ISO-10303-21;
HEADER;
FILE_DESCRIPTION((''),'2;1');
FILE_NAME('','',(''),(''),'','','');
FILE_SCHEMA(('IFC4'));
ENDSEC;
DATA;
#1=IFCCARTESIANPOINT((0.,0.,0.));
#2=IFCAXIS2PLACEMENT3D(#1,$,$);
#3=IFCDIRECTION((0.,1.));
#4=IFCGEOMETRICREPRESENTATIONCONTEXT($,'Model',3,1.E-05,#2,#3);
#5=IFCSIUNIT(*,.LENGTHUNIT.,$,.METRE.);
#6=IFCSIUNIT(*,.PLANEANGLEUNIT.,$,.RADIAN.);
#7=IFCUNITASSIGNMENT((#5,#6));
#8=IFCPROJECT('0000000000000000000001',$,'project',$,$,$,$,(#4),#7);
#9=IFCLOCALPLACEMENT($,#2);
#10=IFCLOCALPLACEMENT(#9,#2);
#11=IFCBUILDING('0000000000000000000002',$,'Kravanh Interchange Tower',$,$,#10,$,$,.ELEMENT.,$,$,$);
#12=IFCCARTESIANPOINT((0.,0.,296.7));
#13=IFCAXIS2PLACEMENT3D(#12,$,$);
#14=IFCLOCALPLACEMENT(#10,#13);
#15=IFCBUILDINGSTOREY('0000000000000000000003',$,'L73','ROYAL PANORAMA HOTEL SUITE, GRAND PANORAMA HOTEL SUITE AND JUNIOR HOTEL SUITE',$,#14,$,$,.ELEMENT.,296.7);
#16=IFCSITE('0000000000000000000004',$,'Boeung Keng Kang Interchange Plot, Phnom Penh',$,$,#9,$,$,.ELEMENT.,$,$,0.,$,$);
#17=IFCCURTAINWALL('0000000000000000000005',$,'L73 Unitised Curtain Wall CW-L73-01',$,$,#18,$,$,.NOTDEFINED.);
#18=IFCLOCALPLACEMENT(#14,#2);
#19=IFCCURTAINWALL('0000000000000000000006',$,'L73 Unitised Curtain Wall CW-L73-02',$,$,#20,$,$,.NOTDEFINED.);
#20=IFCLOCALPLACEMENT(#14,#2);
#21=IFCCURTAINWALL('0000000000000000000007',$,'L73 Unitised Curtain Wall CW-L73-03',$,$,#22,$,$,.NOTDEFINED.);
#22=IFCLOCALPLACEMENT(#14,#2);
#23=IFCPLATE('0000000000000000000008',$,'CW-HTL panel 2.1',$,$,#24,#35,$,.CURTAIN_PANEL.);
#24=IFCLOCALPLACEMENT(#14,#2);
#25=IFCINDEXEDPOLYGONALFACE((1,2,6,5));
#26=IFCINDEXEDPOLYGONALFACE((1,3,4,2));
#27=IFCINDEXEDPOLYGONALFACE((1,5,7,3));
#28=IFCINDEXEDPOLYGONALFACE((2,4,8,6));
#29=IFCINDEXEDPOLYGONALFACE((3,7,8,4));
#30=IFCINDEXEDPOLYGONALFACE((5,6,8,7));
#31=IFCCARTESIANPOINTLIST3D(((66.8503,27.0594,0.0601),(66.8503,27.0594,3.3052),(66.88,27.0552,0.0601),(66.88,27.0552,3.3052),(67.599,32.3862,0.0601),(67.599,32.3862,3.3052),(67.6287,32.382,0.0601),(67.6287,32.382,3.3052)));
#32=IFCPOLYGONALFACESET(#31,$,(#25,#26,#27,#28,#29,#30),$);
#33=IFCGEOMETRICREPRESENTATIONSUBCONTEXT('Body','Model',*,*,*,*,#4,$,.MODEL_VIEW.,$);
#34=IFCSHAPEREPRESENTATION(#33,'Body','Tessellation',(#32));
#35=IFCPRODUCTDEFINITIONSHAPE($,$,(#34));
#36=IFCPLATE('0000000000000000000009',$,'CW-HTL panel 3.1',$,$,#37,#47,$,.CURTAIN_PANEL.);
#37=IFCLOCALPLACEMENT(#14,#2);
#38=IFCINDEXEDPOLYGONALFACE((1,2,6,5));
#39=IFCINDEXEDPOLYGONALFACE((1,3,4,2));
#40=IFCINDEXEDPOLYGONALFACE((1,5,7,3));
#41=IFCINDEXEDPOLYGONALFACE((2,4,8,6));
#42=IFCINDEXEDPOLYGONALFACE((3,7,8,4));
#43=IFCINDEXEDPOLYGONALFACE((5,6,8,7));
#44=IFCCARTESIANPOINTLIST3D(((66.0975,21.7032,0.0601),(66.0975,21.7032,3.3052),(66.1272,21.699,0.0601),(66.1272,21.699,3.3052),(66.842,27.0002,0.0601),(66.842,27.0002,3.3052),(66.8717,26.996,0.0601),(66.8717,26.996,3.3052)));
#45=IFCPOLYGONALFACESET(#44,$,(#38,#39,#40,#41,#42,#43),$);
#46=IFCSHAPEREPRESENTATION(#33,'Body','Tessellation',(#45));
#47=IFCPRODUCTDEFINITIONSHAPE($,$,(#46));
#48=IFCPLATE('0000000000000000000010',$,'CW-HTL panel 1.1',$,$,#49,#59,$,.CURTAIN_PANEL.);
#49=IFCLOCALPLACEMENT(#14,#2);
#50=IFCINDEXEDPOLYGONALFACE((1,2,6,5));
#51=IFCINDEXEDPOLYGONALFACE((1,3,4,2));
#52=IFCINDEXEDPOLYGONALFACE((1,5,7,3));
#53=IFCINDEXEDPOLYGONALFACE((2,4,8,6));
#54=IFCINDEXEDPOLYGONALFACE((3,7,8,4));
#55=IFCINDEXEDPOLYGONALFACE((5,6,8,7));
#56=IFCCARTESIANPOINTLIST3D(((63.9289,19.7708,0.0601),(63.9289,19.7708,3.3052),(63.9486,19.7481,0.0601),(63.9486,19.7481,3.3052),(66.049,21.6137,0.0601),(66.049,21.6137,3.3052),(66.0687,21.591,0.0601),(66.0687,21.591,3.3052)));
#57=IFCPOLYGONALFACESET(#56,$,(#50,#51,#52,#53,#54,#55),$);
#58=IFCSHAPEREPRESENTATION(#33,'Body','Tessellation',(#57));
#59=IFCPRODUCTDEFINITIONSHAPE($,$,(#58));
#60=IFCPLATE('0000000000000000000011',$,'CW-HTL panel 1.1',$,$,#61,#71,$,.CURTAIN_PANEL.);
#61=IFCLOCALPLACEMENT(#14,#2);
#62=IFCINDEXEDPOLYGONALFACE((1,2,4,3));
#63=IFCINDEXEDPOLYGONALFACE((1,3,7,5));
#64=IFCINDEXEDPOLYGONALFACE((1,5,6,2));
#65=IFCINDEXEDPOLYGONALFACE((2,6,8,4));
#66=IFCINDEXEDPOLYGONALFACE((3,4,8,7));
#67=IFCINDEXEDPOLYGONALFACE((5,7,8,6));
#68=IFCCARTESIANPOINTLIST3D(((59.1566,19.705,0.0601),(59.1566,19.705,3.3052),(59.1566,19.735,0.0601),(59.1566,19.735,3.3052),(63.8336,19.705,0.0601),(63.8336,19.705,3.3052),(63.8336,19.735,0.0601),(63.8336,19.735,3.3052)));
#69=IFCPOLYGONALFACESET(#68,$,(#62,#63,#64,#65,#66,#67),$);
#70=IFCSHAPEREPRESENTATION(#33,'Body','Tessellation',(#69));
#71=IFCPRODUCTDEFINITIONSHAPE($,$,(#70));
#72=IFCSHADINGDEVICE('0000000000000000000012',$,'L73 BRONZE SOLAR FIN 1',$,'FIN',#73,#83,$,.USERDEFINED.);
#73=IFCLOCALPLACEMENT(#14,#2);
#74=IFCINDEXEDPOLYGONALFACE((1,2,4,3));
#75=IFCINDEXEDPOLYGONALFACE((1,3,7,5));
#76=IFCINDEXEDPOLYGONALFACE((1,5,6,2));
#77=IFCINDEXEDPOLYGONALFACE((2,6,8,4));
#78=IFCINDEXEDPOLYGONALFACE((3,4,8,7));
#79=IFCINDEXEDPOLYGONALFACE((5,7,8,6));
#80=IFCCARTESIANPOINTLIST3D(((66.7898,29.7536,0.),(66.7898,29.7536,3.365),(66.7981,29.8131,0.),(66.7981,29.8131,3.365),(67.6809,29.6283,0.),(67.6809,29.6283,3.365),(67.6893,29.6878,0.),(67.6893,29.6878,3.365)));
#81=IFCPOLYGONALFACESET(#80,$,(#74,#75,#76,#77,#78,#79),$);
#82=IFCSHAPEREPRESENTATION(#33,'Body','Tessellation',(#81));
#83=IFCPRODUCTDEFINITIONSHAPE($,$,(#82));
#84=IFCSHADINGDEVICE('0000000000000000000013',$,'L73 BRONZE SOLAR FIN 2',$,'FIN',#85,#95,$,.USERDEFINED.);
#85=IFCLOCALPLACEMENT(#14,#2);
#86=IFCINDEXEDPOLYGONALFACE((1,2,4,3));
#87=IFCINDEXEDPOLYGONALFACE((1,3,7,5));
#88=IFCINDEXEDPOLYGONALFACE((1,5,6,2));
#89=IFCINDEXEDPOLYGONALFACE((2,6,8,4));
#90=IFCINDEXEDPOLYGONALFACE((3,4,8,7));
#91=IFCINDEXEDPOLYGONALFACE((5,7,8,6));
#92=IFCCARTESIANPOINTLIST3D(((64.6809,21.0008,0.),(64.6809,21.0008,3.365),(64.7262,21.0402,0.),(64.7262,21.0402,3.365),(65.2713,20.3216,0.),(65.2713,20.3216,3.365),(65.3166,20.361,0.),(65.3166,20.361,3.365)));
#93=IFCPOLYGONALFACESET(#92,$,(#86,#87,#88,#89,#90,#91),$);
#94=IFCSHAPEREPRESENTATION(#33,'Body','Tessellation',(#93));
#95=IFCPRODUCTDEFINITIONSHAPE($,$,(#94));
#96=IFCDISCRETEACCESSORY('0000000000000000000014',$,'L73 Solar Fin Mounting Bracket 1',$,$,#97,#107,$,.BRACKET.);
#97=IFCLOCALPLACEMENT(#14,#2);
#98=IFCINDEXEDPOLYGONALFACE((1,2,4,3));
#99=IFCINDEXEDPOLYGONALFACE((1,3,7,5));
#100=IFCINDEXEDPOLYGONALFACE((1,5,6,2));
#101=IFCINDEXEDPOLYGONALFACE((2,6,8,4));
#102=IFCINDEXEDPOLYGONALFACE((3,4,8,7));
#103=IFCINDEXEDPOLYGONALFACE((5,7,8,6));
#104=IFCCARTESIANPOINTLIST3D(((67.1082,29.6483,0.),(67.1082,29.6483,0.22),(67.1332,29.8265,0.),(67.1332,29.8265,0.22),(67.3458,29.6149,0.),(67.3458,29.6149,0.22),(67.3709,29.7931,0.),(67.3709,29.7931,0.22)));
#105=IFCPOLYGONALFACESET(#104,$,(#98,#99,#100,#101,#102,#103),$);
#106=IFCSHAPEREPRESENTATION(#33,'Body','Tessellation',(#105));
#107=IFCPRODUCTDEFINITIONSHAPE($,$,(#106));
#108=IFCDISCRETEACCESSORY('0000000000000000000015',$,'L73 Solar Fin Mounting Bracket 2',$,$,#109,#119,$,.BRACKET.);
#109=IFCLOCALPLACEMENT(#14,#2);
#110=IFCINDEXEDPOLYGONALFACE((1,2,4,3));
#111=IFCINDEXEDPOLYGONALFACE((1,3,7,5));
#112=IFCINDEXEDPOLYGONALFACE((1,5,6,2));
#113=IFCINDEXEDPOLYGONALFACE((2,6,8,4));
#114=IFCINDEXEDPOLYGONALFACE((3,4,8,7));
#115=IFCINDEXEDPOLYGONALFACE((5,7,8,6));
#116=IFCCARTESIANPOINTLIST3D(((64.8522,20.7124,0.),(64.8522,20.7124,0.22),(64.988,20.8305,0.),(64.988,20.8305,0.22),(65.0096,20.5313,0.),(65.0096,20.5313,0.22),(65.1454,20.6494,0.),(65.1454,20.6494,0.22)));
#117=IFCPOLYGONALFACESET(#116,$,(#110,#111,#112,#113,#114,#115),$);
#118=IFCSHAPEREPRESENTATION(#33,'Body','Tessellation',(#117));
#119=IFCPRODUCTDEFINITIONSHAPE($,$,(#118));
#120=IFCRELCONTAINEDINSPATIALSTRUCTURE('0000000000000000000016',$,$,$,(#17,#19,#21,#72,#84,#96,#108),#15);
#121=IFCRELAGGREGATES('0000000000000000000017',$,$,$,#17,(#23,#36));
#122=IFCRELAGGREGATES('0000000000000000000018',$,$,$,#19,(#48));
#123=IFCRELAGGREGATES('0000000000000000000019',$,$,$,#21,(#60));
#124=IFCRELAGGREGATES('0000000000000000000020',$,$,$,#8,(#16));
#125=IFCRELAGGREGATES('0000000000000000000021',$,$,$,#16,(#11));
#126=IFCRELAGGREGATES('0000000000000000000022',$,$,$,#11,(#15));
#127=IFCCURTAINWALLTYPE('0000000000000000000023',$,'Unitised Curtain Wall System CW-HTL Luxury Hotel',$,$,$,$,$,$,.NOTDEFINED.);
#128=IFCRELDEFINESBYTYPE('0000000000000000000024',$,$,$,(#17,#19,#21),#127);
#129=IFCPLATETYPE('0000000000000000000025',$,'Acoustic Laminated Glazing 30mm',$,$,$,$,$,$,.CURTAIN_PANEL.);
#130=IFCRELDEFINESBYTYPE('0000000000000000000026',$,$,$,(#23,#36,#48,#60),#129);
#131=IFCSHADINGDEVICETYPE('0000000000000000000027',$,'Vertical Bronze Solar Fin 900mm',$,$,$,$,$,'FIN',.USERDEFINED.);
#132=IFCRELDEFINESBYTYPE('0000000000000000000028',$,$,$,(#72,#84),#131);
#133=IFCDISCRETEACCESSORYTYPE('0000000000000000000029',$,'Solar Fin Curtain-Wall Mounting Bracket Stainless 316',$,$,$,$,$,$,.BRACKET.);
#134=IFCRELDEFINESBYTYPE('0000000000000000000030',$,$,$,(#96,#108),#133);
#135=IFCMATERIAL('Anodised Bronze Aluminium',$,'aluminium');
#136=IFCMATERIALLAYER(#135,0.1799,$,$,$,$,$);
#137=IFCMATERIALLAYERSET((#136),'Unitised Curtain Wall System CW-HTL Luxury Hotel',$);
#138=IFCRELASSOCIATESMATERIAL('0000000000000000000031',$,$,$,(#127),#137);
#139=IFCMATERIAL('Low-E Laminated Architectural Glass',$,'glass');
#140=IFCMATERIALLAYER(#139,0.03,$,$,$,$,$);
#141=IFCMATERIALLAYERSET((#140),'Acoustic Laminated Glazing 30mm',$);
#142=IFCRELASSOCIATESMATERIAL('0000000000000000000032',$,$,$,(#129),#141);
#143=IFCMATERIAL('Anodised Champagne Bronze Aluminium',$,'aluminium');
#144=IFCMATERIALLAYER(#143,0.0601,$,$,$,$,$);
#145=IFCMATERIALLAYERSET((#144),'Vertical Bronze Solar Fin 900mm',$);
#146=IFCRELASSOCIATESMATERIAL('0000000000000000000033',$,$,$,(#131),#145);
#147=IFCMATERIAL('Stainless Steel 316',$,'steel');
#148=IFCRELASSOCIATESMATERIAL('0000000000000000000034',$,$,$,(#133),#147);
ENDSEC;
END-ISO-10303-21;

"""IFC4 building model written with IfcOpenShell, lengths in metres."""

from ifc_helpers import new_model, si_unit, direction, frame, origin, origin_2d, place, context, subcontext, project, spatial, rectangle, extrude, material, layer, layer_set, type_object, element, aggregate, save


model = new_model("IFC4")

# Units and contexts
model_context = context("Model", 3, precision=1e-05, world=origin(), true_north=direction((0.0, 1.0)))
body_context = subcontext(model_context, "Body", "Model", "MODEL_VIEW")
ifc_project = project(units=[si_unit("LENGTHUNIT", "METRE"), si_unit("PLANEANGLEUNIT", "RADIAN")], contexts=[model_context])

# Site, building, storey
site_placement = place(None, origin())
site = spatial("IfcSite", under=ifc_project, at=site_placement, Name="Boeung Keng Kang Interchange Plot, Phnom Penh", CompositionType="ELEMENT", RefElevation=0.0)
building_placement = place(site_placement, origin())
building = spatial("IfcBuilding", under=site, at=building_placement, Name="Kravanh Interchange Tower", CompositionType="ELEMENT")
storey_placement = place(building_placement, frame((0.0, 0.0, 296.7)))
storey = spatial("IfcBuildingStorey", under=building, at=storey_placement, Name="L73", Description="ROYAL PANORAMA HOTEL SUITE, GRAND PANORAMA HOTEL SUITE AND JUNIOR HOTEL SUITE", CompositionType="ELEMENT", Elevation=296.7)

# Curtain walls
ifc_material_1 = material(Name="Anodised Bronze Aluminium", Category="aluminium")
ifc_layer_1 = layer(ifc_material_1, 0.1799)
ifc_layer_set_1 = layer_set([ifc_layer_1], Name="Unitised Curtain Wall System CW-HTL Luxury Hotel")
curtain_wall_type = type_object("IfcCurtainWallType", Name="Unitised Curtain Wall System CW-HTL Luxury Hotel", PredefinedType="NOTDEFINED", material=ifc_layer_set_1)
curtain_wall_1_placement = place(storey_placement, origin())
curtain_wall_1 = element("IfcCurtainWall", 1, at=curtain_wall_1_placement, inside=storey, type_object=curtain_wall_type, Name="L73 Unitised Curtain Wall CW-L73-01", PredefinedType="NOTDEFINED")
curtain_wall_2_placement = place(storey_placement, origin())
curtain_wall_2 = element("IfcCurtainWall", 2, at=curtain_wall_2_placement, inside=storey, type_object=curtain_wall_type, Name="L73 Unitised Curtain Wall CW-L73-02", PredefinedType="NOTDEFINED")

# Curtain wall
curtain_wall_3_placement = place(storey_placement, origin())
curtain_wall_3 = element("IfcCurtainWall", 3, at=curtain_wall_3_placement, inside=storey, type_object=curtain_wall_type, Name="L73 Unitised Curtain Wall CW-L73-03", PredefinedType="NOTDEFINED")

# Plates
ifc_material_2 = material(Name="Low-E Laminated Architectural Glass", Category="glass")
ifc_layer_2 = layer(ifc_material_2, 0.03)
ifc_layer_set_2 = layer_set([ifc_layer_2], Name="Acoustic Laminated Glazing 30mm")
plate_type = type_object("IfcPlateType", Name="Acoustic Laminated Glazing 30mm", PredefinedType="CURTAIN_PANEL", material=ifc_layer_set_2)
plate_1_placement = place(storey_placement, frame((67.2395, 29.7207, 0.0601), z_axis=(0.0, 0.0, 1.0), x_axis=(-0.139178, -0.990267, 0.0)))
plate_1 = element("IfcPlate", 4, at=plate_1_placement, type_object=plate_type, Name="CW-HTL panel 2.1", PredefinedType="CURTAIN_PANEL", context=body_context, shape_type="SweptSolid", body=[
    extrude(rectangle(XDim=5.3792, YDim=0.03, at=origin_2d()), origin(), (0.0, 0.0, 1.0), 3.2451),
])
plate_2_placement = place(storey_placement, frame((66.4846, 24.3496, 0.0601), z_axis=(0.0, 0.0, 1.0), x_axis=(-0.139178, -0.990267, 0.0)))
plate_2 = element("IfcPlate", 5, at=plate_2_placement, type_object=plate_type, Name="CW-HTL panel 3.1", PredefinedType="CURTAIN_PANEL", context=body_context, shape_type="SweptSolid", body=[
    extrude(rectangle(XDim=5.3491, YDim=0.03, at=origin_2d()), origin(), (0.0, 0.0, 1.0), 3.2451),
])
aggregate(curtain_wall_1, [plate_1, plate_2])
plate_3_placement = place(storey_placement, frame((64.9988, 20.6809, 0.0601), z_axis=(0.0, 0.0, 1.0), x_axis=(-0.754717, -0.65605, 0.0)))
plate_3 = element("IfcPlate", 6, at=plate_3_placement, type_object=plate_type, Name="CW-HTL panel 1.1", PredefinedType="CURTAIN_PANEL", context=body_context, shape_type="SweptSolid", body=[
    extrude(rectangle(XDim=2.8091, YDim=0.03, at=origin_2d()), origin(), (0.0, 0.0, 1.0), 3.2451),
])
aggregate(curtain_wall_2, [plate_3])
plate_4_placement = place(storey_placement, frame((61.4951, 19.72, 0.0601), z_axis=(0.0, 0.0, 1.0), x_axis=(-1.0, 0.0, 0.0)))
plate_4 = element("IfcPlate", 7, at=plate_4_placement, type_object=plate_type, Name="CW-HTL panel 1.1", PredefinedType="CURTAIN_PANEL", context=body_context, shape_type="SweptSolid", body=[
    extrude(rectangle(XDim=4.677, YDim=0.03, at=origin_2d()), origin(), (0.0, 0.0, 1.0), 3.2451),
])
aggregate(curtain_wall_3, [plate_4])

# Shading devices
ifc_material_3 = material(Name="Anodised Champagne Bronze Aluminium", Category="aluminium")
ifc_layer_3 = layer(ifc_material_3, 0.0601)
ifc_layer_set_3 = layer_set([ifc_layer_3], Name="Vertical Bronze Solar Fin 900mm")
shading_device_type = type_object("IfcShadingDeviceType", Name="Vertical Bronze Solar Fin 900mm", ElementType="FIN", PredefinedType="USERDEFINED", material=ifc_layer_set_3)
for number, where, z_axis, x_axis, name in (
    (8, (67.2395, 29.7207, 0.0), (0.0, 0.0, 1.0), (0.990268, -0.139175, 0.0), "L73 BRONZE SOLAR FIN 1"),
    (9, (64.9988, 20.6809, 0.0), (0.0, 0.0, 1.0), (0.65606, -0.754709, 0.0), "L73 BRONZE SOLAR FIN 2"),
):
    element("IfcShadingDevice", number, at=place(storey_placement, frame(where, z_axis=z_axis, x_axis=x_axis)), inside=storey, type_object=shading_device_type, Name=name, ObjectType="FIN", PredefinedType="USERDEFINED", context=body_context, shape_type="SweptSolid", body=[
        extrude(rectangle(XDim=0.8999, YDim=0.0601, at=origin_2d()), origin(), (0.0, 0.0, 1.0), 3.365),
    ])

# Discrete accessories
ifc_material_4 = material(Name="Stainless Steel 316", Category="steel")
discrete_accessory_type = type_object("IfcDiscreteAccessoryType", Name="Solar Fin Curtain-Wall Mounting Bracket Stainless 316", PredefinedType="BRACKET", material=ifc_material_4)
for number, where, z_axis, x_axis, name in (
    (10, (67.2395, 29.7207, 0.0), (0.0, 0.0, 1.0), (0.990268, -0.139175, 0.0), "L73 Solar Fin Mounting Bracket 1"),
    (11, (64.9988, 20.6809, 0.0), (0.0, 0.0, 1.0), (0.65606, -0.754709, 0.0), "L73 Solar Fin Mounting Bracket 2"),
):
    element("IfcDiscreteAccessory", number, at=place(storey_placement, frame(where, z_axis=z_axis, x_axis=x_axis)), inside=storey, type_object=discrete_accessory_type, Name=name, PredefinedType="BRACKET", context=body_context, shape_type="SweptSolid", body=[
        extrude(rectangle(XDim=0.24, YDim=0.1799, at=origin_2d()), origin(), (0.0, 0.0, 1.0), 0.22),
    ])

save(model, "model.ifc")
